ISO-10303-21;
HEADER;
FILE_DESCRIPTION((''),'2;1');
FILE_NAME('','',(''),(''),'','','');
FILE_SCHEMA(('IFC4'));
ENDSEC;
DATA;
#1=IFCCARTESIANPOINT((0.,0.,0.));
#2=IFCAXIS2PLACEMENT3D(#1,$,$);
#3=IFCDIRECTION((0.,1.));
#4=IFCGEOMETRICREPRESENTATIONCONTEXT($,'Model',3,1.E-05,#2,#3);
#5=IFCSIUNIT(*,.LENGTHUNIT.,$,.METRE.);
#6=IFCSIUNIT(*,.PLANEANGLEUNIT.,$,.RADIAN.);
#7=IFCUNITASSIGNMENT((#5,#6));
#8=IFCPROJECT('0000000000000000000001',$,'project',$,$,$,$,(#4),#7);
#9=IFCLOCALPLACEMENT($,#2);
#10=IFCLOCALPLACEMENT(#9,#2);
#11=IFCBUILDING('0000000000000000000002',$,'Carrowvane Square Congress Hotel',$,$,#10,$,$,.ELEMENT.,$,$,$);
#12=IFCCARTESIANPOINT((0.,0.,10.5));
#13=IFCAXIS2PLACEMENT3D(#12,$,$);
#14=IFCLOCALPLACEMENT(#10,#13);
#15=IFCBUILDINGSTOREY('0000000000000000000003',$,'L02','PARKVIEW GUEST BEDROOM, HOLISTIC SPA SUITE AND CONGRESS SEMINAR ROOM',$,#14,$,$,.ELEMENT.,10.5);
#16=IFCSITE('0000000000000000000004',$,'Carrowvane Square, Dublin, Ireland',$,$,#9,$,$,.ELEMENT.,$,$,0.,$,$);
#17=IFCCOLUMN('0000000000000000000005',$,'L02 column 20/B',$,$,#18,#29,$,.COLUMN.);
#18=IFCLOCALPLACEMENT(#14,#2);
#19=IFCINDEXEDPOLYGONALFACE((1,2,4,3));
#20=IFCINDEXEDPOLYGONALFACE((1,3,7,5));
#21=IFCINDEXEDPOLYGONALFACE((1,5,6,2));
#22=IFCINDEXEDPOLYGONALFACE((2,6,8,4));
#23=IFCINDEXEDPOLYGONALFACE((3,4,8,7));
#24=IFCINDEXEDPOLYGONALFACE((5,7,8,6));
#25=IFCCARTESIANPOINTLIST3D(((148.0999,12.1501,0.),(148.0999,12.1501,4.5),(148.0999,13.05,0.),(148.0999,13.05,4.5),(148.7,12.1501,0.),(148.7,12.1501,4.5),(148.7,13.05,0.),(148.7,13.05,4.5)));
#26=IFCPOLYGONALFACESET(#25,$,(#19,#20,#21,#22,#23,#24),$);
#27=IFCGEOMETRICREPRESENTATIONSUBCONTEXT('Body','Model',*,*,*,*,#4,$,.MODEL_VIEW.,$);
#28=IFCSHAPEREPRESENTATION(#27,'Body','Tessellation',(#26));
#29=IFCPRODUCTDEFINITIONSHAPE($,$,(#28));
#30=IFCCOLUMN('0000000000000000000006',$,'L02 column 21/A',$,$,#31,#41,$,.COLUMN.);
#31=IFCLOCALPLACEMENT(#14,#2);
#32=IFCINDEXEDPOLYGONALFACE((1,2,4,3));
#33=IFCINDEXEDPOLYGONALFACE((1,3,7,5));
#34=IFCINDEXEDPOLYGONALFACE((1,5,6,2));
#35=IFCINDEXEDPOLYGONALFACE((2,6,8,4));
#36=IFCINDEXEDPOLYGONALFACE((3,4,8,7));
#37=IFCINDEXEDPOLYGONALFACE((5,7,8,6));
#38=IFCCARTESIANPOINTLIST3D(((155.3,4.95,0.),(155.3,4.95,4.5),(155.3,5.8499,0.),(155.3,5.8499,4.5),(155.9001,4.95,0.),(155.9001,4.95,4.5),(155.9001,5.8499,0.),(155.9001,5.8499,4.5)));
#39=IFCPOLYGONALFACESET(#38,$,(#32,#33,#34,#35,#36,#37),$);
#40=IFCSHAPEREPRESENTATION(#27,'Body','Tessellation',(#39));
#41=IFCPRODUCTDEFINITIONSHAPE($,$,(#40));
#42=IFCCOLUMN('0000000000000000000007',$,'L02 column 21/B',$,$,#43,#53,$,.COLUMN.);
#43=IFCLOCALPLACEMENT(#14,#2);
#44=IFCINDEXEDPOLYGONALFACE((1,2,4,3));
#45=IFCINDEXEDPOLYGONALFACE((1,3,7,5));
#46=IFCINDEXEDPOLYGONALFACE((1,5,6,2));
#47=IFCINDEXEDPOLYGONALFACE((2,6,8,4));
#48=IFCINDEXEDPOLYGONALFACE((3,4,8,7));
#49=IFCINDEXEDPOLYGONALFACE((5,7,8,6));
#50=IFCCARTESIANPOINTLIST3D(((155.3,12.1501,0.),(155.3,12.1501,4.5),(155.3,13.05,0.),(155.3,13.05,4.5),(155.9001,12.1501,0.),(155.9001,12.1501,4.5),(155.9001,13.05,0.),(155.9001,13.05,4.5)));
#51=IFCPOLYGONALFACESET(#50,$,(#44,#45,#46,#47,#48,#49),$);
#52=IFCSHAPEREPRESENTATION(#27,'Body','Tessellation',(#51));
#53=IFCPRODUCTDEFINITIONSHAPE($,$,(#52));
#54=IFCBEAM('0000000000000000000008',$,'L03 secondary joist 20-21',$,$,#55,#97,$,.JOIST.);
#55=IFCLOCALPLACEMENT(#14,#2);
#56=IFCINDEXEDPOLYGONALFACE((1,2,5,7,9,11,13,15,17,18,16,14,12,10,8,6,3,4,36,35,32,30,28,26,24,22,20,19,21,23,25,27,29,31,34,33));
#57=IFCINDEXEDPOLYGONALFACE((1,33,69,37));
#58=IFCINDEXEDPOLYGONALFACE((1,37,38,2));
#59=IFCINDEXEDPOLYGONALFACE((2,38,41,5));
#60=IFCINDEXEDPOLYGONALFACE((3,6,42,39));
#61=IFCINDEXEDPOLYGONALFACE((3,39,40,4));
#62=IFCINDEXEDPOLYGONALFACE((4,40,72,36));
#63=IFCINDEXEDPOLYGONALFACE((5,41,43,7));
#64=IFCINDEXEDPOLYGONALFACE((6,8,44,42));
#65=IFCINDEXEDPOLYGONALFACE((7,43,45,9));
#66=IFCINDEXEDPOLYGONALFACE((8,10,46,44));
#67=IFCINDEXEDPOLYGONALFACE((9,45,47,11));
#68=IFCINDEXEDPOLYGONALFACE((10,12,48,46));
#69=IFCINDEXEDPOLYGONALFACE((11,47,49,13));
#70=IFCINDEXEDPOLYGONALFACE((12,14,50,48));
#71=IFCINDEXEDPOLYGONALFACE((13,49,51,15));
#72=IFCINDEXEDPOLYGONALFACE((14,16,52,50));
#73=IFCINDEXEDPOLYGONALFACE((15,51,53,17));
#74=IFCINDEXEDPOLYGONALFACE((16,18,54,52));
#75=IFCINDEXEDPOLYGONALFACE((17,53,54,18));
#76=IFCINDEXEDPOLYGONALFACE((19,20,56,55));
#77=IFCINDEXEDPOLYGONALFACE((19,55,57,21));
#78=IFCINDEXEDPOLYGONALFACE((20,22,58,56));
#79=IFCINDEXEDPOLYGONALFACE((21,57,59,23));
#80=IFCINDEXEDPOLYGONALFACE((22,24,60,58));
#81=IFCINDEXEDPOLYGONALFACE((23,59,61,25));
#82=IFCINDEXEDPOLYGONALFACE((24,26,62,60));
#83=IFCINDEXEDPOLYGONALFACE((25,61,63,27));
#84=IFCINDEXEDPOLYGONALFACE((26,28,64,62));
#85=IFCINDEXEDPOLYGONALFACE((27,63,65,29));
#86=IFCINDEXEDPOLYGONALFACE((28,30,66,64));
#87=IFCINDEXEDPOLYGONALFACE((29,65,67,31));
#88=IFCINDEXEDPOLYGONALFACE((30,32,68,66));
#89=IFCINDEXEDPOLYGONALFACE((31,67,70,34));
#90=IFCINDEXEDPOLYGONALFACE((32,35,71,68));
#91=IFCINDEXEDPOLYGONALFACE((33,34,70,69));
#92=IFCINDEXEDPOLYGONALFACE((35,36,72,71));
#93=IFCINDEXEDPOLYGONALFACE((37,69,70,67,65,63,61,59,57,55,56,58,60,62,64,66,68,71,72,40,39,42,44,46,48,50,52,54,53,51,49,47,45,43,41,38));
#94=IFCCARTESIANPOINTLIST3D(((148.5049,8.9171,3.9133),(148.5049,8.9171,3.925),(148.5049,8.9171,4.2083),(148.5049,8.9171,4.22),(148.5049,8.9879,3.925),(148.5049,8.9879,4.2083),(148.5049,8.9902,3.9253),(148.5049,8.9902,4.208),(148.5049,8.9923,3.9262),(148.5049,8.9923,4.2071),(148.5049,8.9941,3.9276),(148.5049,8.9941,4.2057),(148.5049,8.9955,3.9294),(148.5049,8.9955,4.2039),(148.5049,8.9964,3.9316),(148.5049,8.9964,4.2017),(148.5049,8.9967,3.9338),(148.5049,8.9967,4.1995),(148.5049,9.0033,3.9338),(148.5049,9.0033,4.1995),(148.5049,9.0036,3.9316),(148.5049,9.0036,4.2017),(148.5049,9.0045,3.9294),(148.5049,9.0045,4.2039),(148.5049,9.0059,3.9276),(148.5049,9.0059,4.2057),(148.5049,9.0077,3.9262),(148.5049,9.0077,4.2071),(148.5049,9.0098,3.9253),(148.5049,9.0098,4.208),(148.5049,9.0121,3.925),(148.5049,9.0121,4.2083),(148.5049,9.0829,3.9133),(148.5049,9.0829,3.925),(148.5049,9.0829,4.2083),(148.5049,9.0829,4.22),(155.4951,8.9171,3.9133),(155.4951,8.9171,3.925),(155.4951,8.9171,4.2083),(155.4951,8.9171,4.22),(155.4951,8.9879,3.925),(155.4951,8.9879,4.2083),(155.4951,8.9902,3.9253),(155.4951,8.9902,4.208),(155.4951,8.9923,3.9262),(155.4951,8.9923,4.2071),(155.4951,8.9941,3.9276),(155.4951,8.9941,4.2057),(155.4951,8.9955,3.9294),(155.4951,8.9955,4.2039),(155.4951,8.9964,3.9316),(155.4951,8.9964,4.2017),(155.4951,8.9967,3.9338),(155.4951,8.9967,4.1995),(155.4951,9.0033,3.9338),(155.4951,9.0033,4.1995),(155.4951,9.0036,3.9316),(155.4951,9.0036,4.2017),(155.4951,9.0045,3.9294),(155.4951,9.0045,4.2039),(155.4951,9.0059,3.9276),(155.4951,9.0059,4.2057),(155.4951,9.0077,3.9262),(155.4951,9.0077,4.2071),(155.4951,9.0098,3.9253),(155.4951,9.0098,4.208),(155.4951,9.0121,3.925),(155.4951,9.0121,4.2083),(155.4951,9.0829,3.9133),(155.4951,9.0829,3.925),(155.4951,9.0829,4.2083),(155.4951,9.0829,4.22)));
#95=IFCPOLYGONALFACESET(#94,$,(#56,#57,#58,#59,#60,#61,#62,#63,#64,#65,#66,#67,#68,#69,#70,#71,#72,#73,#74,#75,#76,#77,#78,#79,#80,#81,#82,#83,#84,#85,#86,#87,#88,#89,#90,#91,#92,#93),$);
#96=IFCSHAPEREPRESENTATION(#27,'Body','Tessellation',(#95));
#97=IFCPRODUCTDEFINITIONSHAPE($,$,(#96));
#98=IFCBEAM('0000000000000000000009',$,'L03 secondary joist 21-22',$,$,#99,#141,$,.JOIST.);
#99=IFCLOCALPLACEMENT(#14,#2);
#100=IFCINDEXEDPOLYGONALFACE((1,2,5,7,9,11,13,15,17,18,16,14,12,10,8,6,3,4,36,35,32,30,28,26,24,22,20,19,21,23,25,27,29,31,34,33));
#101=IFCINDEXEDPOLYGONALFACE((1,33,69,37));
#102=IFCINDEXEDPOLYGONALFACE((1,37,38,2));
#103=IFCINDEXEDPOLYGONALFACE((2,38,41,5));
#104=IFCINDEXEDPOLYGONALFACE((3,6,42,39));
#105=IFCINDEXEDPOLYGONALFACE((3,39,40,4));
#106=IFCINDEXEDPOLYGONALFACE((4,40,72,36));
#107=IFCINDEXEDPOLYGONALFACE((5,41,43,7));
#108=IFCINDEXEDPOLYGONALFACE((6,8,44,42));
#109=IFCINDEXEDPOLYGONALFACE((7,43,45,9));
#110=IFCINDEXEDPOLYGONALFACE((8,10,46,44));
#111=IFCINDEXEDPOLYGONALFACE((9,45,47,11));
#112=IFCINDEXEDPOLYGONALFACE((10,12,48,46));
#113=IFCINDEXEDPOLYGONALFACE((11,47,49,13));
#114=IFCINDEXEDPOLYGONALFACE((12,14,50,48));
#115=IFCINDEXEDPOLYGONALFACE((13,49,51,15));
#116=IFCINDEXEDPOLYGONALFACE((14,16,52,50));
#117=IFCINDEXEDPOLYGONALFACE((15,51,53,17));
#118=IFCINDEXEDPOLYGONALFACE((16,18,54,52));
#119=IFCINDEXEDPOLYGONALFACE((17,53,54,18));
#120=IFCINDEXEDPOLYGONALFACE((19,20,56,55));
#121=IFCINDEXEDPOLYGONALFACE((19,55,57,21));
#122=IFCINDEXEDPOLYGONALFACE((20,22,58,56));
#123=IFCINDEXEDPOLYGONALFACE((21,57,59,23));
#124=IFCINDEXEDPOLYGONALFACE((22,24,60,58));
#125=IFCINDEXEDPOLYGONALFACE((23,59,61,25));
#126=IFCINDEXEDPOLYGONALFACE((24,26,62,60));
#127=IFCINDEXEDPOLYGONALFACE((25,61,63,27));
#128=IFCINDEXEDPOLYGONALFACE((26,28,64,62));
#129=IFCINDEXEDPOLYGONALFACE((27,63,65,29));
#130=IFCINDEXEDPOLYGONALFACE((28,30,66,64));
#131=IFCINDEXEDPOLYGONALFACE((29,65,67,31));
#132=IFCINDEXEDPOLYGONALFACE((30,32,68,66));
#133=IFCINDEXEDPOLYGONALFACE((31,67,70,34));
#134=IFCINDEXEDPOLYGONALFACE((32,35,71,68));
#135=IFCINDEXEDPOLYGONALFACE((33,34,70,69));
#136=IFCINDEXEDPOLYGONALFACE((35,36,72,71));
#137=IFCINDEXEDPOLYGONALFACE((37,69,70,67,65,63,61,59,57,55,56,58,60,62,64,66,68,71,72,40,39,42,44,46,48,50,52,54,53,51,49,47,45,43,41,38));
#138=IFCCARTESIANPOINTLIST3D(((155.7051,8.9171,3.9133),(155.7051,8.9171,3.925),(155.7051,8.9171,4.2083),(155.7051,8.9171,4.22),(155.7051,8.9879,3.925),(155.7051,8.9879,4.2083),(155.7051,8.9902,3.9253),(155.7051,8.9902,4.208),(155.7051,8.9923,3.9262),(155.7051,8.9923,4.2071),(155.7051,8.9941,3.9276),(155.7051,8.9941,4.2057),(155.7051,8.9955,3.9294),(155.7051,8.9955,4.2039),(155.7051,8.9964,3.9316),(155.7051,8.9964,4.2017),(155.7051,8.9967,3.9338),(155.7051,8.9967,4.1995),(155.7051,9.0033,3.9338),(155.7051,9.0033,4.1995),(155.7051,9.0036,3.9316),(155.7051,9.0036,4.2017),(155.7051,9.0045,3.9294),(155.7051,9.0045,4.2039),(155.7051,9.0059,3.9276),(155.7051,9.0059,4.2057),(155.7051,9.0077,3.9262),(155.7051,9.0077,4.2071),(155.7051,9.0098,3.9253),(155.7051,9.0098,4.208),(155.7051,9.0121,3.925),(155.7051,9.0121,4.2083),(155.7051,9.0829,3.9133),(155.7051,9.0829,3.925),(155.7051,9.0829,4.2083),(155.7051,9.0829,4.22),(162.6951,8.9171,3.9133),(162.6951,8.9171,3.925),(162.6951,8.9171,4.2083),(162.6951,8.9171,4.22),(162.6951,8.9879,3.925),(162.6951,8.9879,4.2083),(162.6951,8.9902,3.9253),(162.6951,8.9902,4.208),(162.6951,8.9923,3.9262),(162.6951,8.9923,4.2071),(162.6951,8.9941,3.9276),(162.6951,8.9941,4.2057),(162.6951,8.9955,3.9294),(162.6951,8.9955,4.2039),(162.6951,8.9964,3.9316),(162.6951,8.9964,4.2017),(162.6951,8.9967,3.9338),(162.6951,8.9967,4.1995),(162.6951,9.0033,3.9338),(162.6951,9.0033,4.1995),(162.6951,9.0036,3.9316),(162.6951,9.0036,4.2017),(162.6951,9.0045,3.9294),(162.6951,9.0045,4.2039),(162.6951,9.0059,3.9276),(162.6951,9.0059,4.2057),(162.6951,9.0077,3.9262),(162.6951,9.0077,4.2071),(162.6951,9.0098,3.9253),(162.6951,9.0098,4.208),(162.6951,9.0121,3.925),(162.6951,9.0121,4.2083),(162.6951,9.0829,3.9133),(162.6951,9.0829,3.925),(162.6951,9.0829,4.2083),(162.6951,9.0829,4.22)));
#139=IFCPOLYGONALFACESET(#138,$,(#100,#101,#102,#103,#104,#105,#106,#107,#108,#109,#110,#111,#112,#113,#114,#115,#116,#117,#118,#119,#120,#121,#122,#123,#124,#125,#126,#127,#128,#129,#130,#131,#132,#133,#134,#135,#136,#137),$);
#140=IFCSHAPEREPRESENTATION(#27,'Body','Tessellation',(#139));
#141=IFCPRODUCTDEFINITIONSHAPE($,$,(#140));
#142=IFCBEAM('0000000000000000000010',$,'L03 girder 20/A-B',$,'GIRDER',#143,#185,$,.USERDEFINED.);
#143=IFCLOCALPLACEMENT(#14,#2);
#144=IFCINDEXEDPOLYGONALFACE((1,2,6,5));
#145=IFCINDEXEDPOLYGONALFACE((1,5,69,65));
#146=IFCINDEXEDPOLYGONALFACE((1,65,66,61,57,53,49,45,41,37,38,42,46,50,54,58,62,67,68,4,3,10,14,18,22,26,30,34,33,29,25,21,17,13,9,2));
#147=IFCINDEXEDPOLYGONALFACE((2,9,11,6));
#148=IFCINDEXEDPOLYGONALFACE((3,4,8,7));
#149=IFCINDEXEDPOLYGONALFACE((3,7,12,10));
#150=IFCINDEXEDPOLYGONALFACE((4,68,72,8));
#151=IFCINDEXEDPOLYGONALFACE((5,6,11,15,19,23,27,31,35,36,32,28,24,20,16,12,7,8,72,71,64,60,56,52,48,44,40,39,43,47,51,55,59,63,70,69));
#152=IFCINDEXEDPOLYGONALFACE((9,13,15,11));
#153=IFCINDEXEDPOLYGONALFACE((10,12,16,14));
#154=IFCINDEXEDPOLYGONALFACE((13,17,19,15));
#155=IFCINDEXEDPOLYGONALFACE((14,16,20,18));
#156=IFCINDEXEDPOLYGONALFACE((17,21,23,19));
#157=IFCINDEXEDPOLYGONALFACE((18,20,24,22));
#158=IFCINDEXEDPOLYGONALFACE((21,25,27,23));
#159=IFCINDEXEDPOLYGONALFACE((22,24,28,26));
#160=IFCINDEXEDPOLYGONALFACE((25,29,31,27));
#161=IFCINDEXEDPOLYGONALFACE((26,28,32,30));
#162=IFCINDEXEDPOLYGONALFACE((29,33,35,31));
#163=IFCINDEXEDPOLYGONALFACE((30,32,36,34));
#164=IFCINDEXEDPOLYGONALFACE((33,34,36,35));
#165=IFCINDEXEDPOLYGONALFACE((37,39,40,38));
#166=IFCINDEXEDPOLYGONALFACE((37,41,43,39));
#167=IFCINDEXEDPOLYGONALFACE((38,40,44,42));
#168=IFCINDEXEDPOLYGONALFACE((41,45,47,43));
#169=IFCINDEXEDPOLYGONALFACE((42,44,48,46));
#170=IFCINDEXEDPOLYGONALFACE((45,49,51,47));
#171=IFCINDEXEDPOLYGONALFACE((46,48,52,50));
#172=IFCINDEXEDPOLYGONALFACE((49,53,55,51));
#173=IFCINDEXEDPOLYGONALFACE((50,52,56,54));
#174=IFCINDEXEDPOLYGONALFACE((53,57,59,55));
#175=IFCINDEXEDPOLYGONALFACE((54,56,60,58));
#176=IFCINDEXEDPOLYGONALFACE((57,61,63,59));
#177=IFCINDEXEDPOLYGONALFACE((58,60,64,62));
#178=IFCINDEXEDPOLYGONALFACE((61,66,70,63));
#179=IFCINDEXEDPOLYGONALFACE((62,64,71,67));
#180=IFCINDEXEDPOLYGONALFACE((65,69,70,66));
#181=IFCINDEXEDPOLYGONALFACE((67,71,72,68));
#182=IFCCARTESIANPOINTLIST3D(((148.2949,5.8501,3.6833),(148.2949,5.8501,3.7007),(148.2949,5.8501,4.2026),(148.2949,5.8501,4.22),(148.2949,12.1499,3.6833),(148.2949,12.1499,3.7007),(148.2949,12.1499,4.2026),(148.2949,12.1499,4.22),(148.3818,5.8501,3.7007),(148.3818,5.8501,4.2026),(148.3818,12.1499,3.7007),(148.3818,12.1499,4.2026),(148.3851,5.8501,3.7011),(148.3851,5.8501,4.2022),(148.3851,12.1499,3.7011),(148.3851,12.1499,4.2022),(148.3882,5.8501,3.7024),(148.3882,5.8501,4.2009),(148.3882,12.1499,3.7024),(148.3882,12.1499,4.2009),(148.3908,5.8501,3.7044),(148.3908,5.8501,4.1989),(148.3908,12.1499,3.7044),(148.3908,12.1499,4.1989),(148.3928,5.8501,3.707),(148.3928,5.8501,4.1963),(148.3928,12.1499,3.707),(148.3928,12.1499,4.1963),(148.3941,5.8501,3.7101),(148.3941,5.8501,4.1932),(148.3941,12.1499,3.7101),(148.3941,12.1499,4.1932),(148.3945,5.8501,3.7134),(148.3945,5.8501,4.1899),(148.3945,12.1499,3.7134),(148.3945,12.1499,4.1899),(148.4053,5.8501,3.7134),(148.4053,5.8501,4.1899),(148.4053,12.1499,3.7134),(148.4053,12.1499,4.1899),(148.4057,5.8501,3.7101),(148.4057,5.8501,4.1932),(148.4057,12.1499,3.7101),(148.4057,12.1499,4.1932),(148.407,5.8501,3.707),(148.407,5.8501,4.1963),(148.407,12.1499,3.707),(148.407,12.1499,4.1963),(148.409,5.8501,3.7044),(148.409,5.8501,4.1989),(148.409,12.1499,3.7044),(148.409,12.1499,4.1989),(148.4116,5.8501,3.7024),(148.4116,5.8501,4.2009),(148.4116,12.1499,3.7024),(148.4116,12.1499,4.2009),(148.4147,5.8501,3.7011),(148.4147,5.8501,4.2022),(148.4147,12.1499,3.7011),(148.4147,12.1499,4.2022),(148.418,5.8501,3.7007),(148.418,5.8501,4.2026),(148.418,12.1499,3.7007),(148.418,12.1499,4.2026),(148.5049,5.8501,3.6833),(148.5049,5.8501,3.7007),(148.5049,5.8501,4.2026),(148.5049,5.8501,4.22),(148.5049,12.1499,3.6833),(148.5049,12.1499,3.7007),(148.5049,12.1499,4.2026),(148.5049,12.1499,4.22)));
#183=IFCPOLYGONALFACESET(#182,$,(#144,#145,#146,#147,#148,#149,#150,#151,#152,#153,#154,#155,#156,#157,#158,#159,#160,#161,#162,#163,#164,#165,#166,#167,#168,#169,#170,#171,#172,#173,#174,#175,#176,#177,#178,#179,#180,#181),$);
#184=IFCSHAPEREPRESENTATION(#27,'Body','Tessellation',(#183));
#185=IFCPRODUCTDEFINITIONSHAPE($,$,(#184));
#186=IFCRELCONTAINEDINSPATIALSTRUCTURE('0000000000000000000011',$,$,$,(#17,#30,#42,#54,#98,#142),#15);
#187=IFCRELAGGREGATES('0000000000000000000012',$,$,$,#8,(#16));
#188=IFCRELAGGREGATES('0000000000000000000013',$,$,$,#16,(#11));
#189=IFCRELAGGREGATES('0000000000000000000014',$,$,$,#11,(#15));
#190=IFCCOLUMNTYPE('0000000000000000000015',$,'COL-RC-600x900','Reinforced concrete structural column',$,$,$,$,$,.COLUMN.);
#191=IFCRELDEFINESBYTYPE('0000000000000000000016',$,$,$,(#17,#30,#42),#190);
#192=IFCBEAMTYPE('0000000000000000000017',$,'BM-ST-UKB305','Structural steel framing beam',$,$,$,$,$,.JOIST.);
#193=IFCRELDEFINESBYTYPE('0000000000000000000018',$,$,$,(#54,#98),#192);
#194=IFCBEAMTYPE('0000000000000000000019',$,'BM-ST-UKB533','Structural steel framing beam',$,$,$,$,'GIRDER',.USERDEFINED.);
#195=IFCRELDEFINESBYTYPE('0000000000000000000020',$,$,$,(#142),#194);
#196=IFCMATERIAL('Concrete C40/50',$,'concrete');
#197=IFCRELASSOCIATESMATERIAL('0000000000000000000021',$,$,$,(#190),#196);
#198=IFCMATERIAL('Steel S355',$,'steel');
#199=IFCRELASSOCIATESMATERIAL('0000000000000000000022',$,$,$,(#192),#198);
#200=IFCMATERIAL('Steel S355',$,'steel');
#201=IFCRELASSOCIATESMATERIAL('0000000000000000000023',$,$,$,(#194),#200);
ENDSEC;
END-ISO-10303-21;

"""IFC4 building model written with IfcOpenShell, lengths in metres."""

from ifc_helpers import new_model, si_unit, direction, frame, origin, origin_2d, place, context, subcontext, project, spatial, rectangle, i_section, extrude, material, material_profile, profile_set, type_object, element, save


model = new_model("IFC4")

# Units and contexts
model_context = context("Model", 3, precision=1e-05, world=origin(), true_north=direction((0.0, 1.0)))
body_context = subcontext(model_context, "Body", "Model", "MODEL_VIEW")
ifc_project = project(units=[si_unit("LENGTHUNIT", "METRE"), si_unit("PLANEANGLEUNIT", "RADIAN")], contexts=[model_context])

# Site, building, storey
site_placement = place(None, origin())
site = spatial("IfcSite", under=ifc_project, at=site_placement, Name="Carrowvane Square, Dublin, Ireland", CompositionType="ELEMENT", RefElevation=0.0)
building_placement = place(site_placement, origin())
building = spatial("IfcBuilding", under=site, at=building_placement, Name="Carrowvane Square Congress Hotel", CompositionType="ELEMENT")
storey_placement = place(building_placement, frame((0.0, 0.0, 10.5)))
storey = spatial("IfcBuildingStorey", under=building, at=storey_placement, Name="L02", Description="PARKVIEW GUEST BEDROOM, HOLISTIC SPA SUITE AND CONGRESS SEMINAR ROOM", CompositionType="ELEMENT", Elevation=10.5)

# Columns
ifc_material_1 = material(Name="Concrete C40/50", Category="concrete")
ifc_material_profile_1 = material_profile(ifc_material_1, rectangle(XDim=0.6001, YDim=0.8999, at=origin_2d()), Name="RC 600x900")
ifc_profile_set_1 = profile_set([ifc_material_profile_1], Name="Concrete C40/50")
column_type = type_object("IfcColumnType", Name="COL-RC-600x900", Description="Reinforced concrete structural column", PredefinedType="COLUMN", material=ifc_profile_set_1)
for number, where, z_axis, x_axis, name in (
    (1, (148.3999, 12.6001, 0.0), (0.0, 0.0, 1.0), (1.0, 0.0, 0.0), "L02 column 20/B"),
    (2, (155.6001, 5.3999, 0.0), (0.0, 0.0, 1.0), (1.0, 0.0, 0.0), "L02 column 21/A"),
    (3, (155.6001, 12.6001, 0.0), (0.0, 0.0, 1.0), (1.0, 0.0, 0.0), "L02 column 21/B"),
):
    element("IfcColumn", number, at=place(storey_placement, frame(where, z_axis=z_axis, x_axis=x_axis)), inside=storey, type_object=column_type, Name=name, PredefinedType="COLUMN", context=body_context, shape_type="SweptSolid", body=[
        extrude(rectangle(XDim=0.6001, YDim=0.8999, at=origin_2d()), origin(), (0.0, 0.0, 1.0), 4.5),
    ])

# Beams
ifc_material_2 = material(Name="Steel S355", Category="steel")
ifc_material_profile_2 = material_profile(ifc_material_2, i_section(OverallWidth=0.1658, OverallDepth=0.3066, WebThickness=0.0066, FlangeThickness=0.0117, FilletRadius=0.0088, at=origin_2d()), Name="UKB 305x165x46")
ifc_profile_set_2 = profile_set([ifc_material_profile_2], Name="Steel S355")
beam_type_1 = type_object("IfcBeamType", Name="BM-ST-UKB305", Description="Structural steel framing beam", PredefinedType="JOIST", material=ifc_profile_set_2)
beam_1_placement = place(storey_placement, frame((148.5049, 9.0, 4.0667), z_axis=(1.0, 0.0, 0.0), x_axis=(0.0, 1.0, 0.0)))
element("IfcBeam", 4, at=beam_1_placement, inside=storey, type_object=beam_type_1, Name="L03 secondary joist 20-21", PredefinedType="JOIST", context=body_context, shape_type="SweptSolid", body=[
    extrude(i_section(OverallWidth=0.1658, OverallDepth=0.3066, WebThickness=0.0066, FlangeThickness=0.0117, FilletRadius=0.0088, at=origin_2d()), origin(), (0.0, 0.0, 1.0), 6.9902),
])
beam_2_placement = place(storey_placement, frame((155.7051, 9.0, 4.0667), z_axis=(1.0, 0.0, 0.0), x_axis=(0.0, 1.0, 0.0)))
element("IfcBeam", 5, at=beam_2_placement, inside=storey, type_object=beam_type_1, Name="L03 secondary joist 21-22", PredefinedType="JOIST", context=body_context, shape_type="SweptSolid", body=[
    extrude(i_section(OverallWidth=0.1658, OverallDepth=0.3066, WebThickness=0.0066, FlangeThickness=0.0117, FilletRadius=0.0088, at=origin_2d()), origin(), (0.0, 0.0, 1.0), 6.99),
])
ifc_material_3 = material(Name="Steel S355", Category="steel")
ifc_material_profile_3 = material_profile(ifc_material_3, i_section(OverallWidth=0.21, OverallDepth=0.5366, WebThickness=0.0107, FlangeThickness=0.0173, FilletRadius=0.0127, at=origin_2d()), Name="UKB 533x210x101")
ifc_profile_set_3 = profile_set([ifc_material_profile_3], Name="Steel S355")
beam_type_2 = type_object("IfcBeamType", Name="BM-ST-UKB533", Description="Structural steel framing beam", ElementType="GIRDER", PredefinedType="USERDEFINED", material=ifc_profile_set_3)
for number, where, z_axis, x_axis, name in (
    (6, (148.3999, 5.8501, 3.9517), (0.0, 1.0, 0.0), (-1.0, 0.0, 0.0), "L03 girder 20/A-B"),
):
    element("IfcBeam", number, at=place(storey_placement, frame(where, z_axis=z_axis, x_axis=x_axis)), inside=storey, type_object=beam_type_2, Name=name, ObjectType="GIRDER", PredefinedType="USERDEFINED", context=body_context, shape_type="SweptSolid", body=[
        extrude(i_section(OverallWidth=0.21, OverallDepth=0.5366, WebThickness=0.0107, FlangeThickness=0.0173, FilletRadius=0.0127, at=origin_2d()), origin(), (0.0, 0.0, 1.0), 6.2998),
    ])

save(model, "model.ifc")
